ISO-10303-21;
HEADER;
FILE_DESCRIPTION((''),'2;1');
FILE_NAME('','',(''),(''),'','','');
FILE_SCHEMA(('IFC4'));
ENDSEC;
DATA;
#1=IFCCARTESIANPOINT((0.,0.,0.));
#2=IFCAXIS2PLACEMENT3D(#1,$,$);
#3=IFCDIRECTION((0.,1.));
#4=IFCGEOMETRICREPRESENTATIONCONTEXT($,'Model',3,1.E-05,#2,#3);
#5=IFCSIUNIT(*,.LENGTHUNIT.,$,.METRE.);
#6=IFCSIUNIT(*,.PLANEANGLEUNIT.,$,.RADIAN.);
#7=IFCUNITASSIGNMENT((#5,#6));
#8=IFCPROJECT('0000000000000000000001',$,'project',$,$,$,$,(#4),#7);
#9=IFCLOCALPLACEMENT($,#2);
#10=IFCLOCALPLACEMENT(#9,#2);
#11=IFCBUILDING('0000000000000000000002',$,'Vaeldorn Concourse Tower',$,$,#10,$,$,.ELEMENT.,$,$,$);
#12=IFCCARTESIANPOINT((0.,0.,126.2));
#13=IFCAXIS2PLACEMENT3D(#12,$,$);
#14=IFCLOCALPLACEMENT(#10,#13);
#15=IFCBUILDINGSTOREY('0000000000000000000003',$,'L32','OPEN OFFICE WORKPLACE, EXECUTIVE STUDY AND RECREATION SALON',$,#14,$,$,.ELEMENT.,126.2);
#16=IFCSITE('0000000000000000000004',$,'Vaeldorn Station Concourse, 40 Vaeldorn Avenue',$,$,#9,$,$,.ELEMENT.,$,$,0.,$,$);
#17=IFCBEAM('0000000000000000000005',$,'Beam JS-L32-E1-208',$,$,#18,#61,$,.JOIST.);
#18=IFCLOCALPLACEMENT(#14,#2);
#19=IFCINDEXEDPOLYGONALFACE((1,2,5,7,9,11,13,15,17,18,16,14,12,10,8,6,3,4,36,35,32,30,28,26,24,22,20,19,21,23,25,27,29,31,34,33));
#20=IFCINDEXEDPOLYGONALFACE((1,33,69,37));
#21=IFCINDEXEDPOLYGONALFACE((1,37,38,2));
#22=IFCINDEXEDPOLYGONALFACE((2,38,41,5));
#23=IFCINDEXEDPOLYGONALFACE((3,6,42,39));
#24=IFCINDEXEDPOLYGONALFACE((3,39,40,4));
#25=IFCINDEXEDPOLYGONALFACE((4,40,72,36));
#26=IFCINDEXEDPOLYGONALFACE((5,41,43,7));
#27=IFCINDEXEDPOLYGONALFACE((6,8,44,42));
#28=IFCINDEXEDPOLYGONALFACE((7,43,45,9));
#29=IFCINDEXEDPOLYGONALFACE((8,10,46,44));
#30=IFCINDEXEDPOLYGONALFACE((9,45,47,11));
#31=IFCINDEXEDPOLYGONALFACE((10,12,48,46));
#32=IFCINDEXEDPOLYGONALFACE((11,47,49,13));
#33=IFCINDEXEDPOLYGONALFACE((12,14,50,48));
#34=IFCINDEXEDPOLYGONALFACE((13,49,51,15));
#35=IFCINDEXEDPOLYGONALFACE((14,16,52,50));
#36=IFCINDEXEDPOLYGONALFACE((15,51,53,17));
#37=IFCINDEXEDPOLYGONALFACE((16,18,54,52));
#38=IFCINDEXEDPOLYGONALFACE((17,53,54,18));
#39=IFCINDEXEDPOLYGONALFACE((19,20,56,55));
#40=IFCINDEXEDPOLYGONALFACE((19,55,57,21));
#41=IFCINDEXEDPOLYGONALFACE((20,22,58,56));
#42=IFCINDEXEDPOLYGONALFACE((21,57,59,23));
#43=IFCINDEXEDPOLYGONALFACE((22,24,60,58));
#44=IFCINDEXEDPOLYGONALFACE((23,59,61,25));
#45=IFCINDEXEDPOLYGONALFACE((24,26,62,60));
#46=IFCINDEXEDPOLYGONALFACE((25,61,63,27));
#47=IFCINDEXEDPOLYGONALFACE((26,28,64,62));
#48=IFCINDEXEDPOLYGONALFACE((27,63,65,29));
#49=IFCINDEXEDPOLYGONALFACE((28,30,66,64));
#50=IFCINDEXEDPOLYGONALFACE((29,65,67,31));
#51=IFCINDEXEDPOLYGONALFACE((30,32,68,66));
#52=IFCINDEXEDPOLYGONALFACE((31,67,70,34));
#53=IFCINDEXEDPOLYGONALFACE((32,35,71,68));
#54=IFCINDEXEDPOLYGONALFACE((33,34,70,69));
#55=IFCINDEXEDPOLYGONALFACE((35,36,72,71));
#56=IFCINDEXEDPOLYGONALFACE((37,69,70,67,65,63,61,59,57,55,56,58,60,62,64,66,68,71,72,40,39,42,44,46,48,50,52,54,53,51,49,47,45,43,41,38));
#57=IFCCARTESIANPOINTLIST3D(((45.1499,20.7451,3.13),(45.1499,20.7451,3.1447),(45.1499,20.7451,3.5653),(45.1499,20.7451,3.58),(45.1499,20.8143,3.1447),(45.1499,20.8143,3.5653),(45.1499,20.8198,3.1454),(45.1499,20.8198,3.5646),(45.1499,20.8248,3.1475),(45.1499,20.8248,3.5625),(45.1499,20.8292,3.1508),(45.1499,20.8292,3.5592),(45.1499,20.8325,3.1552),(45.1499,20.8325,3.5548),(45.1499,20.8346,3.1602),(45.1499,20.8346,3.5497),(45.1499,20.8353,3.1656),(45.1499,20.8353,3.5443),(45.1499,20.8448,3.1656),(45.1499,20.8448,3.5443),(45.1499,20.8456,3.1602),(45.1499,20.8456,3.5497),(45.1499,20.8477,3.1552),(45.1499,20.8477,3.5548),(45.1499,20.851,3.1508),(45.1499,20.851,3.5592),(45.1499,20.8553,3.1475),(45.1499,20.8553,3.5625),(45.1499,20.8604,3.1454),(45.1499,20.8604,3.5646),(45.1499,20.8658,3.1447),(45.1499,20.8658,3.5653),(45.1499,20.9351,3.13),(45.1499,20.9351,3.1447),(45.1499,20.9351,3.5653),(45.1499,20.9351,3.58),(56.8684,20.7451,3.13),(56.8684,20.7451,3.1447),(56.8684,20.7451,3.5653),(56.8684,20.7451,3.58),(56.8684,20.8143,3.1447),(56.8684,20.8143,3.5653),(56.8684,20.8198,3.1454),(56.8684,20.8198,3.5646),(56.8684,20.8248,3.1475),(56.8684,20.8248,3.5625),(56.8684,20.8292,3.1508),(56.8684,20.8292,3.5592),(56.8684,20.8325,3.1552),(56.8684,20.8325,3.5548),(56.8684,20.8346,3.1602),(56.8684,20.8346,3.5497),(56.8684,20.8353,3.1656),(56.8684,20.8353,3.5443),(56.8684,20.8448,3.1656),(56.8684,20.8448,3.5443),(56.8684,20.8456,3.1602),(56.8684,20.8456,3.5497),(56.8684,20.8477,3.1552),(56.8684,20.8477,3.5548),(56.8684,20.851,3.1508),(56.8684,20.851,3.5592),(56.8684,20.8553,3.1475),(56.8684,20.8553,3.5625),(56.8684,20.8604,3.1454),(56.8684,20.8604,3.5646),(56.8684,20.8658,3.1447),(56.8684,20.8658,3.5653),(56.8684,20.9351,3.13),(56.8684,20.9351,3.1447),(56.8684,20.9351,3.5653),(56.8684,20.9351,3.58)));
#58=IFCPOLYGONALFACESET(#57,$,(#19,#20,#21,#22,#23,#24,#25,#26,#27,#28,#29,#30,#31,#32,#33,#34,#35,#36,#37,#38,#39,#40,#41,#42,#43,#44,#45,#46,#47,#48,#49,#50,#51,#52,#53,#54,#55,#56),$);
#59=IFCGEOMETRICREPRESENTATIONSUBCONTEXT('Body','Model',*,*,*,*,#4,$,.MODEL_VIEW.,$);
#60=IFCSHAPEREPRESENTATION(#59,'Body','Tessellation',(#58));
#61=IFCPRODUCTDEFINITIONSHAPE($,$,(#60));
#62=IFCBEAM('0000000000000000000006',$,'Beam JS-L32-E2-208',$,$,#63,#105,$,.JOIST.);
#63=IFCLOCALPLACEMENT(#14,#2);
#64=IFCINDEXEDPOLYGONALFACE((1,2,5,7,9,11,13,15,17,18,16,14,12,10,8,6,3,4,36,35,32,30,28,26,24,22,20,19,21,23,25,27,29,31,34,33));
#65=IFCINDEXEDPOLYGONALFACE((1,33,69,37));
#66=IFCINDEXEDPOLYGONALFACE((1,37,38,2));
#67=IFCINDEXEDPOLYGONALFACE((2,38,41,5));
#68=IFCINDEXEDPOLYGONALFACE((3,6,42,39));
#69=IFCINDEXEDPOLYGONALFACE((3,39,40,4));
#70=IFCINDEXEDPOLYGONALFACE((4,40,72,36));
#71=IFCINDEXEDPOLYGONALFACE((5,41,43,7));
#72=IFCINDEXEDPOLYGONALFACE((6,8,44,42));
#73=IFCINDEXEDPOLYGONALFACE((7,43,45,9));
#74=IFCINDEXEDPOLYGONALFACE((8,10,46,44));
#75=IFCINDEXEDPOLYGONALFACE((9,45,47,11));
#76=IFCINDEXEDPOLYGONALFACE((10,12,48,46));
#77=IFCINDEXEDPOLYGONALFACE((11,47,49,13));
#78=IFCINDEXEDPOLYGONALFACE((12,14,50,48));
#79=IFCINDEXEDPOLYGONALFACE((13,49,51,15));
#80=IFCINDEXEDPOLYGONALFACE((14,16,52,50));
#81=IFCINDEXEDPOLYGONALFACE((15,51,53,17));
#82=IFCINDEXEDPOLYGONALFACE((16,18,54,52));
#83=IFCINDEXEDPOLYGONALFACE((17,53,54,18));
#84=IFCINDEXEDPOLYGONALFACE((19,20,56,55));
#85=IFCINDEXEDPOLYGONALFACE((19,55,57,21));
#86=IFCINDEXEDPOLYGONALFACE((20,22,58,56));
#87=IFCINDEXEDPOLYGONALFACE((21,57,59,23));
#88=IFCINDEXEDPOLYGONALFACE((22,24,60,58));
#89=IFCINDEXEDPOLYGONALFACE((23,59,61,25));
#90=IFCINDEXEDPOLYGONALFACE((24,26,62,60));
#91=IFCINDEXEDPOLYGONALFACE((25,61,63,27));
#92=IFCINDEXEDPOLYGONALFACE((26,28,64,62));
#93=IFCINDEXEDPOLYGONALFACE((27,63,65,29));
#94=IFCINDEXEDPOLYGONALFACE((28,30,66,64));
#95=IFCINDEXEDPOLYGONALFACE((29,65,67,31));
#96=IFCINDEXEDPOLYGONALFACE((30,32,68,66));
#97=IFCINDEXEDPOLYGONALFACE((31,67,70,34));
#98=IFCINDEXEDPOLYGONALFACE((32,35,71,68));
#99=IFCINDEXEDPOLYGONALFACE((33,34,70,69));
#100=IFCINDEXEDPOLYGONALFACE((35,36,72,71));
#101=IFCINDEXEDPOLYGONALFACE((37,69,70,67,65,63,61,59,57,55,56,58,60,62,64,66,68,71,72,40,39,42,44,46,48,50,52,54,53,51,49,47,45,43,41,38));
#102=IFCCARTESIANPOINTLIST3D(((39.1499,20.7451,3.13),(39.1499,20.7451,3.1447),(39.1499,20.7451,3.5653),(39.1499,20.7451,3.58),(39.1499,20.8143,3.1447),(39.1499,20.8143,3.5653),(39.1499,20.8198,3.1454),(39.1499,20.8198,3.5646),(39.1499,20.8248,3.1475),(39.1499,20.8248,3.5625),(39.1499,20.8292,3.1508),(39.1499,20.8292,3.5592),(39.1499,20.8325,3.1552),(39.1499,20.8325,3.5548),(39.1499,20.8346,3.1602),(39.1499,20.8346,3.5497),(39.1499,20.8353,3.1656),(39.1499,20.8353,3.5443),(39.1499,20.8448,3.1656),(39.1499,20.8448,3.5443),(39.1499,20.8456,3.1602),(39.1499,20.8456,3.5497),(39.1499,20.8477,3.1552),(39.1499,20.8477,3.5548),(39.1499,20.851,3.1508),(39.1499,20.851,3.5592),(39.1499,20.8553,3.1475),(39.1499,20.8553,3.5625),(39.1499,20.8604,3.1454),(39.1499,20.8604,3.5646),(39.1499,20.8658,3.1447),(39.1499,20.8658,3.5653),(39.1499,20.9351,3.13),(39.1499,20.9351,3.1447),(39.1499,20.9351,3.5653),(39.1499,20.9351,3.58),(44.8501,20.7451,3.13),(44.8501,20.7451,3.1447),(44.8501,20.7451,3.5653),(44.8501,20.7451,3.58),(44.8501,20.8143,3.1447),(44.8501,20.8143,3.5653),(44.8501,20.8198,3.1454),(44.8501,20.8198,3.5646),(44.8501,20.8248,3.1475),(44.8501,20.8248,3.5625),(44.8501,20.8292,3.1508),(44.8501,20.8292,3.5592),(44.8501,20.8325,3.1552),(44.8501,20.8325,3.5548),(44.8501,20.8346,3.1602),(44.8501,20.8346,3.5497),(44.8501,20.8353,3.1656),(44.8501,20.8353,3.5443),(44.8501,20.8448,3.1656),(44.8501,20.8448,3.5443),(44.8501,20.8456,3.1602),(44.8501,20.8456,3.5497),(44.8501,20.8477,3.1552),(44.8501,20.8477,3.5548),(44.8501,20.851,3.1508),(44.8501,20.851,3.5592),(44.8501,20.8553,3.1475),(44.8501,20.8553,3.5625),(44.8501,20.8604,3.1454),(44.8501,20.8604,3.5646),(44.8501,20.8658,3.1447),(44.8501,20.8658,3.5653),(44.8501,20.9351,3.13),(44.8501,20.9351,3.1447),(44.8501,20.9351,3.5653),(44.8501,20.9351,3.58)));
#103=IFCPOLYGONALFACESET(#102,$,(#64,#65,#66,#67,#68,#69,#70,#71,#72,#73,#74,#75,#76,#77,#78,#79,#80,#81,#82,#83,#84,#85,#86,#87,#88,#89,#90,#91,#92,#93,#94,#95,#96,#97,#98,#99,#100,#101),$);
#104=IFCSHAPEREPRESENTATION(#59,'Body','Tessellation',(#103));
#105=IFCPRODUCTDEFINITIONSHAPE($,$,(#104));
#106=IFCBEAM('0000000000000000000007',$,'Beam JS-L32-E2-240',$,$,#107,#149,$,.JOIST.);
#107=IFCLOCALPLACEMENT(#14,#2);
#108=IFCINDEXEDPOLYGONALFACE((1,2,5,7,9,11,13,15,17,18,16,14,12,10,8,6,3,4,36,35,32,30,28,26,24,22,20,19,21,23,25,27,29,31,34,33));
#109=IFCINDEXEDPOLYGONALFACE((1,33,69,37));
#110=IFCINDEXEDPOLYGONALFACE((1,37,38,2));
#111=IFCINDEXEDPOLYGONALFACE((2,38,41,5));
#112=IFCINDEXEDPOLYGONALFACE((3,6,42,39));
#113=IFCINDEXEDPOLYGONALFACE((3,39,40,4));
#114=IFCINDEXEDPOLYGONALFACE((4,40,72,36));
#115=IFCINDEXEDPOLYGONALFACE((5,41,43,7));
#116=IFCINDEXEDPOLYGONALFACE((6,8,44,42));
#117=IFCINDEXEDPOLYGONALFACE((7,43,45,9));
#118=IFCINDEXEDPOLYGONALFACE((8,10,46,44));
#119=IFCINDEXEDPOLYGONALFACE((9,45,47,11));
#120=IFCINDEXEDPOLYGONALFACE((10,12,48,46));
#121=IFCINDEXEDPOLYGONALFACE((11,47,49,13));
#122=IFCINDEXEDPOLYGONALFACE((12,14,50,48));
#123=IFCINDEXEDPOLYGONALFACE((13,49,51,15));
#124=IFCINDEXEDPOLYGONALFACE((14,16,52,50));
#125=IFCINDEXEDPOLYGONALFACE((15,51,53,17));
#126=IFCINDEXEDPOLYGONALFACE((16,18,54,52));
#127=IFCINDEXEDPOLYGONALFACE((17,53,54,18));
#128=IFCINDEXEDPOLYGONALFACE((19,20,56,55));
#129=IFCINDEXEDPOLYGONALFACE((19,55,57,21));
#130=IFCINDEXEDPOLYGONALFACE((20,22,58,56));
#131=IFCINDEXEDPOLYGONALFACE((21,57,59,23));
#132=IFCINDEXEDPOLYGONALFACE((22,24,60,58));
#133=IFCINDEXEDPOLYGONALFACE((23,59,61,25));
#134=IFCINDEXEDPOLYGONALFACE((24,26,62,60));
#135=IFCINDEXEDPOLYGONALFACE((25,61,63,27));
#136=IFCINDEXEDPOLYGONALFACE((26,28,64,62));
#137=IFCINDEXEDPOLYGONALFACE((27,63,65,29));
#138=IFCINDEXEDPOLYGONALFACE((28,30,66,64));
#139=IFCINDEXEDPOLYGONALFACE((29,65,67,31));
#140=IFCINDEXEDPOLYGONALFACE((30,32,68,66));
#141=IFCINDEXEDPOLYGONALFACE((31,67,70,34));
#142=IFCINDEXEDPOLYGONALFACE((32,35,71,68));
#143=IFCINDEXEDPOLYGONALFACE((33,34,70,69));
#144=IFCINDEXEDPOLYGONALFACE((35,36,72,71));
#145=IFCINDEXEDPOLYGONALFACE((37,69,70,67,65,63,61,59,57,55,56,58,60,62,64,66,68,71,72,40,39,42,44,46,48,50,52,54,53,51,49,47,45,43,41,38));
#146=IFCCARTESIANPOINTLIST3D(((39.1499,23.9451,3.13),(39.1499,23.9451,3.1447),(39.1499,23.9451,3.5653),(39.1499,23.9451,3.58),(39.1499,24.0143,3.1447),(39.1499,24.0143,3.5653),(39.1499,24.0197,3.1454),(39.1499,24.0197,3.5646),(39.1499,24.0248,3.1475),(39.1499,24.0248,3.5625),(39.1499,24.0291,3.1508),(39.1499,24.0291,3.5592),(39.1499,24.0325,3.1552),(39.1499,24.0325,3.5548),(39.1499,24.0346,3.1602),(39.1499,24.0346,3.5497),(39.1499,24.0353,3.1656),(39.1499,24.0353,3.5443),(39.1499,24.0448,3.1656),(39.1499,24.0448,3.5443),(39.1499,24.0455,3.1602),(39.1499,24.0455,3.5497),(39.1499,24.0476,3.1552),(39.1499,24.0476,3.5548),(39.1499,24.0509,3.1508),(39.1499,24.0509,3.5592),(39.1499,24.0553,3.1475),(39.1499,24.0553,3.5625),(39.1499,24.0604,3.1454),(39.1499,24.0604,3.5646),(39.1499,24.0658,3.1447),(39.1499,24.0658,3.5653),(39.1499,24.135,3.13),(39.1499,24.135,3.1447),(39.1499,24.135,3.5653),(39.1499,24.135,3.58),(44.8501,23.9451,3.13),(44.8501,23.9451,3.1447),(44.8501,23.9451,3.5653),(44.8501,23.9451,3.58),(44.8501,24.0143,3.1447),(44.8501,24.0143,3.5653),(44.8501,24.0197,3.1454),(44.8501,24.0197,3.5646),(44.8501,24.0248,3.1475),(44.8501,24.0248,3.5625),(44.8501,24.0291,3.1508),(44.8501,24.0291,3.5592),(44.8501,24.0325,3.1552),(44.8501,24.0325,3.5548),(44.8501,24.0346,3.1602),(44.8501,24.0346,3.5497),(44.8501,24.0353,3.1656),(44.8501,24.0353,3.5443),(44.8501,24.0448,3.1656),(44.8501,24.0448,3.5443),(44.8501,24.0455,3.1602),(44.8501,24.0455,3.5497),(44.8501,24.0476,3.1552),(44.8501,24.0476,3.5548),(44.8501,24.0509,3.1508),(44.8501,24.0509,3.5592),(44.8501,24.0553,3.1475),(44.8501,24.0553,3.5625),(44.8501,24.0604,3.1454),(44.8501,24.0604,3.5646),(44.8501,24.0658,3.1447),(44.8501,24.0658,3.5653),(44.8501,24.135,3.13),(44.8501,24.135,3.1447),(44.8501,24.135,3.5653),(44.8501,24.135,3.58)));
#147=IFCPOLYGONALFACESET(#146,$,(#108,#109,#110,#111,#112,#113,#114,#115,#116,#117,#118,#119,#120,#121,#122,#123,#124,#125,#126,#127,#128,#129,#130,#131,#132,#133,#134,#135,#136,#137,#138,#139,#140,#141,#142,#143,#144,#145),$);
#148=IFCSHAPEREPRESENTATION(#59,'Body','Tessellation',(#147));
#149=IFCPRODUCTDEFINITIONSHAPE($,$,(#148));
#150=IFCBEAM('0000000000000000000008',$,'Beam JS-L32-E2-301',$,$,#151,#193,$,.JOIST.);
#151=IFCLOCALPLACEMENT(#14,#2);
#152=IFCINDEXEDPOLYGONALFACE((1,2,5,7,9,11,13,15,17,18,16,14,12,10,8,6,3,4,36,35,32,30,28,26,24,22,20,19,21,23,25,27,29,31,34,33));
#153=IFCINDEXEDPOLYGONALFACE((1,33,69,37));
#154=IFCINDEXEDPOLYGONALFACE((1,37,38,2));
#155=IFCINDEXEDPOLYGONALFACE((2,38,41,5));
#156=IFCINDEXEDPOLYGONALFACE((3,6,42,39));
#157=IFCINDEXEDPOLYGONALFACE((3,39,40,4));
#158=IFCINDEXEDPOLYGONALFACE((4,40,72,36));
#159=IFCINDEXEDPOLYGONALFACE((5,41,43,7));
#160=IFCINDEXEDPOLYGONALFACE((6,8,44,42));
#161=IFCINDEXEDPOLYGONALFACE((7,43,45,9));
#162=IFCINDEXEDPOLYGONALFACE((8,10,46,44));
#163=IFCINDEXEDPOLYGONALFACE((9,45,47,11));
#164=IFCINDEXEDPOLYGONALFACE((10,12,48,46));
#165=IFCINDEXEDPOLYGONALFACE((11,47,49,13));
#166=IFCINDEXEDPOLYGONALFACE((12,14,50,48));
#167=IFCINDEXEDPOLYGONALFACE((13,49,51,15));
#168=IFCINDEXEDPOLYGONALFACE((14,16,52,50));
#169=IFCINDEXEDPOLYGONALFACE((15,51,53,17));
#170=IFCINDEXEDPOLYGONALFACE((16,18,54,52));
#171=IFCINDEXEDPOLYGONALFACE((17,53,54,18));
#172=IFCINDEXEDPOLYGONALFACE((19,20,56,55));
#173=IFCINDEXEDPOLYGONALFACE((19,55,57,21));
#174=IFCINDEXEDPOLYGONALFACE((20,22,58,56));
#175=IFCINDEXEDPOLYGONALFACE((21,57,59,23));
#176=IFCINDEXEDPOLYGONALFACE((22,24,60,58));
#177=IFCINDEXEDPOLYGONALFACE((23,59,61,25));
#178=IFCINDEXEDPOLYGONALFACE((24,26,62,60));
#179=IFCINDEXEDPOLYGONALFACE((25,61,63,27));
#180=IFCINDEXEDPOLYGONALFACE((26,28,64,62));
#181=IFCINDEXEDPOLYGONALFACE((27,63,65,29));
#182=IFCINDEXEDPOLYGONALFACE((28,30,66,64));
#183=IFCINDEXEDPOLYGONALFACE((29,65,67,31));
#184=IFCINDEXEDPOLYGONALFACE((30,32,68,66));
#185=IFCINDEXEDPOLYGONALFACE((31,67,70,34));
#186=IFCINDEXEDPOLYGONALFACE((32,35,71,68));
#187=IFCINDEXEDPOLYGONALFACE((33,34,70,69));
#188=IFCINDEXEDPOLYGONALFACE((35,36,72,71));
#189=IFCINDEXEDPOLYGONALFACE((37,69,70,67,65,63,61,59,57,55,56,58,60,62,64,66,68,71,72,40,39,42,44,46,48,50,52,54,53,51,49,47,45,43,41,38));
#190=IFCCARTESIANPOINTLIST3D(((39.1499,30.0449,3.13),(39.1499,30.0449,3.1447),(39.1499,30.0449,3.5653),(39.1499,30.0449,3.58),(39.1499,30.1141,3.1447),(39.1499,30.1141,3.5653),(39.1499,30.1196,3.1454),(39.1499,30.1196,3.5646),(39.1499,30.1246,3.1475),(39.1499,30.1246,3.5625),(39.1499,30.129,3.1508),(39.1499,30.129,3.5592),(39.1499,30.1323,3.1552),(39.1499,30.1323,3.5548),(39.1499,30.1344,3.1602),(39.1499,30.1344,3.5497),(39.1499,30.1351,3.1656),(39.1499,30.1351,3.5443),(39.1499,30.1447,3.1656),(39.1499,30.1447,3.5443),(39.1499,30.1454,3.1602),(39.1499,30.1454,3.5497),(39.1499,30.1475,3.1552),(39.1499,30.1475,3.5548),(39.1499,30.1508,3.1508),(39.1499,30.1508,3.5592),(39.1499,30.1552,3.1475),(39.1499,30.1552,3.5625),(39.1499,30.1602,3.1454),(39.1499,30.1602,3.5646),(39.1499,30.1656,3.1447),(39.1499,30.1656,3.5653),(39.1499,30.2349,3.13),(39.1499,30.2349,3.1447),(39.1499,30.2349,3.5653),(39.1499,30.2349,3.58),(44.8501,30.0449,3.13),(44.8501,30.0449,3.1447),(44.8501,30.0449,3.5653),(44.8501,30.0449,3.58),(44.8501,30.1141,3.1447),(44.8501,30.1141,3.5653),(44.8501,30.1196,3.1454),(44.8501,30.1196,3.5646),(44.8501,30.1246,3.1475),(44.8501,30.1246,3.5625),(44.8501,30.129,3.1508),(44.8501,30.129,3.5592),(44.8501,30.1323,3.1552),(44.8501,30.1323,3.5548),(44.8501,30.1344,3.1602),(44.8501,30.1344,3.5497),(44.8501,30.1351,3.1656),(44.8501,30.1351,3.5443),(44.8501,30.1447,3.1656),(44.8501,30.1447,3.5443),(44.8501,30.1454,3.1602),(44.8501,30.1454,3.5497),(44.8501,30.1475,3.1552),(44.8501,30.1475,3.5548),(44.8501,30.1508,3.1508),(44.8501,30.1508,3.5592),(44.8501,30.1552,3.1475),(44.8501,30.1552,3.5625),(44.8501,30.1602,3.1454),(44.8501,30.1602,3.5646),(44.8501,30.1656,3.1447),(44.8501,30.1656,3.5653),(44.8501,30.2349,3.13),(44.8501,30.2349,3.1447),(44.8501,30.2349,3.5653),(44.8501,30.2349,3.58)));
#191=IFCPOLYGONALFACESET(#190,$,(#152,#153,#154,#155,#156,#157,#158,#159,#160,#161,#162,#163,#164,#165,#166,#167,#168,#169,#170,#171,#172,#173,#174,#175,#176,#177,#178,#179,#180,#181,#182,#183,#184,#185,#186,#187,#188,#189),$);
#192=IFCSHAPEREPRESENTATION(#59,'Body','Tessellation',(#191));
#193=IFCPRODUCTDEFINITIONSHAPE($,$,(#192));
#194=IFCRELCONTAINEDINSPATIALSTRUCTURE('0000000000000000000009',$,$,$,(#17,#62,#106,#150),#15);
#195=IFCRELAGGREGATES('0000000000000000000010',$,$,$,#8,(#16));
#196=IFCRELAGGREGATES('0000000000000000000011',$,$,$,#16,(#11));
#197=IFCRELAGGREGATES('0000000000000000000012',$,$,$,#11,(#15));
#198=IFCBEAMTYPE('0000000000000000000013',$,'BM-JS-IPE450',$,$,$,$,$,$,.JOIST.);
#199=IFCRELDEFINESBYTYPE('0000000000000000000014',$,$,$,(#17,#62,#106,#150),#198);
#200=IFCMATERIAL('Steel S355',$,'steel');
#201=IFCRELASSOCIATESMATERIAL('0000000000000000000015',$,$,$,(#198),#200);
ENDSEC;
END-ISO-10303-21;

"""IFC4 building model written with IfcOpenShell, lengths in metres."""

from ifc_helpers import new_model, si_unit, direction, frame, origin, origin_2d, place, context, subcontext, project, spatial, i_section, extrude, source, transform, mapped, material, material_profile, profile_set, type_object, element, save


model = new_model("IFC4")

# Units and contexts
model_context = context("Model", 3, precision=1e-05, world=origin(), true_north=direction((0.0, 1.0)))
body_context = subcontext(model_context, "Body", "Model", "MODEL_VIEW")
ifc_project = project(units=[si_unit("LENGTHUNIT", "METRE"), si_unit("PLANEANGLEUNIT", "RADIAN")], contexts=[model_context])

# Site, building, storey
site_placement = place(None, origin())
site = spatial("IfcSite", under=ifc_project, at=site_placement, Name="Vaeldorn Station Concourse, 40 Vaeldorn Avenue", CompositionType="ELEMENT", RefElevation=0.0)
building_placement = place(site_placement, origin())
building = spatial("IfcBuilding", under=site, at=building_placement, Name="Vaeldorn Concourse Tower", CompositionType="ELEMENT")
storey_placement = place(building_placement, frame((0.0, 0.0, 126.2)))
storey = spatial("IfcBuildingStorey", under=building, at=storey_placement, Name="L32", Description="OPEN OFFICE WORKPLACE, EXECUTIVE STUDY AND RECREATION SALON", CompositionType="ELEMENT", Elevation=126.2)

# Beams
ifc_material_1 = material(Name="Steel S355", Category="steel")
ifc_material_profile_1 = material_profile(ifc_material_1, i_section(OverallWidth=0.1899, OverallDepth=0.45, WebThickness=0.0095, FlangeThickness=0.0146, FilletRadius=0.021, at=origin_2d()), Name="IPE 450")
ifc_profile_set_1 = profile_set([ifc_material_profile_1], Name="Steel S355")
beam_type_1 = type_object("IfcBeamType", Name="BM-JS-IPE450", PredefinedType="JOIST", material=ifc_profile_set_1)
shared_shape_1 = source(origin(), body_context, "Body", "SweptSolid", [
    extrude(i_section(OverallWidth=0.1899, OverallDepth=0.45, WebThickness=0.0095, FlangeThickness=0.0146, FilletRadius=0.021, at=origin_2d()), origin(), (0.0, 0.0, 1.0), 11.7185),
])
beam_1_placement = place(storey_placement, frame((45.1499, 20.8401, 3.355), z_axis=(1.0, 0.0, 0.0), x_axis=(0.0, 1.0, 0.0)))
element("IfcBeam", 1, at=beam_1_placement, inside=storey, type_object=beam_type_1, Name="Beam JS-L32-E1-208", PredefinedType="JOIST", context=body_context, shape_type="MappedRepresentation", body=[
    mapped(shared_shape_1, transform((0.0, 0.0, 0.0), scale=1.0)),
])
shared_shape_2 = source(origin(), body_context, "Body", "SweptSolid", [
    extrude(i_section(OverallWidth=0.1899, OverallDepth=0.45, WebThickness=0.0095, FlangeThickness=0.0146, FilletRadius=0.021, at=origin_2d()), origin(), (0.0, 0.0, 1.0), 5.7002),
])
for number, where, z_axis, x_axis, name in (
    (2, (39.1499, 20.8401, 3.355), (1.0, 0.0, 0.0), (0.0, 1.0, 0.0), "Beam JS-L32-E2-208"),
    (3, (39.1499, 24.04, 3.355), (1.0, 0.0, 0.0), (0.0, 1.0, 0.0), "Beam JS-L32-E2-240"),
    (4, (39.1499, 30.1399, 3.355), (1.0, 0.0, 0.0), (0.0, 1.0, 0.0), "Beam JS-L32-E2-301"),
):
    element("IfcBeam", number, at=place(storey_placement, frame(where, z_axis=z_axis, x_axis=x_axis)), inside=storey, type_object=beam_type_1, Name=name, PredefinedType="JOIST", context=body_context, shape_type="MappedRepresentation", body=[
        mapped(shared_shape_2, transform((0.0, 0.0, 0.0), scale=1.0)),
    ])

save(model, "model.ifc")
